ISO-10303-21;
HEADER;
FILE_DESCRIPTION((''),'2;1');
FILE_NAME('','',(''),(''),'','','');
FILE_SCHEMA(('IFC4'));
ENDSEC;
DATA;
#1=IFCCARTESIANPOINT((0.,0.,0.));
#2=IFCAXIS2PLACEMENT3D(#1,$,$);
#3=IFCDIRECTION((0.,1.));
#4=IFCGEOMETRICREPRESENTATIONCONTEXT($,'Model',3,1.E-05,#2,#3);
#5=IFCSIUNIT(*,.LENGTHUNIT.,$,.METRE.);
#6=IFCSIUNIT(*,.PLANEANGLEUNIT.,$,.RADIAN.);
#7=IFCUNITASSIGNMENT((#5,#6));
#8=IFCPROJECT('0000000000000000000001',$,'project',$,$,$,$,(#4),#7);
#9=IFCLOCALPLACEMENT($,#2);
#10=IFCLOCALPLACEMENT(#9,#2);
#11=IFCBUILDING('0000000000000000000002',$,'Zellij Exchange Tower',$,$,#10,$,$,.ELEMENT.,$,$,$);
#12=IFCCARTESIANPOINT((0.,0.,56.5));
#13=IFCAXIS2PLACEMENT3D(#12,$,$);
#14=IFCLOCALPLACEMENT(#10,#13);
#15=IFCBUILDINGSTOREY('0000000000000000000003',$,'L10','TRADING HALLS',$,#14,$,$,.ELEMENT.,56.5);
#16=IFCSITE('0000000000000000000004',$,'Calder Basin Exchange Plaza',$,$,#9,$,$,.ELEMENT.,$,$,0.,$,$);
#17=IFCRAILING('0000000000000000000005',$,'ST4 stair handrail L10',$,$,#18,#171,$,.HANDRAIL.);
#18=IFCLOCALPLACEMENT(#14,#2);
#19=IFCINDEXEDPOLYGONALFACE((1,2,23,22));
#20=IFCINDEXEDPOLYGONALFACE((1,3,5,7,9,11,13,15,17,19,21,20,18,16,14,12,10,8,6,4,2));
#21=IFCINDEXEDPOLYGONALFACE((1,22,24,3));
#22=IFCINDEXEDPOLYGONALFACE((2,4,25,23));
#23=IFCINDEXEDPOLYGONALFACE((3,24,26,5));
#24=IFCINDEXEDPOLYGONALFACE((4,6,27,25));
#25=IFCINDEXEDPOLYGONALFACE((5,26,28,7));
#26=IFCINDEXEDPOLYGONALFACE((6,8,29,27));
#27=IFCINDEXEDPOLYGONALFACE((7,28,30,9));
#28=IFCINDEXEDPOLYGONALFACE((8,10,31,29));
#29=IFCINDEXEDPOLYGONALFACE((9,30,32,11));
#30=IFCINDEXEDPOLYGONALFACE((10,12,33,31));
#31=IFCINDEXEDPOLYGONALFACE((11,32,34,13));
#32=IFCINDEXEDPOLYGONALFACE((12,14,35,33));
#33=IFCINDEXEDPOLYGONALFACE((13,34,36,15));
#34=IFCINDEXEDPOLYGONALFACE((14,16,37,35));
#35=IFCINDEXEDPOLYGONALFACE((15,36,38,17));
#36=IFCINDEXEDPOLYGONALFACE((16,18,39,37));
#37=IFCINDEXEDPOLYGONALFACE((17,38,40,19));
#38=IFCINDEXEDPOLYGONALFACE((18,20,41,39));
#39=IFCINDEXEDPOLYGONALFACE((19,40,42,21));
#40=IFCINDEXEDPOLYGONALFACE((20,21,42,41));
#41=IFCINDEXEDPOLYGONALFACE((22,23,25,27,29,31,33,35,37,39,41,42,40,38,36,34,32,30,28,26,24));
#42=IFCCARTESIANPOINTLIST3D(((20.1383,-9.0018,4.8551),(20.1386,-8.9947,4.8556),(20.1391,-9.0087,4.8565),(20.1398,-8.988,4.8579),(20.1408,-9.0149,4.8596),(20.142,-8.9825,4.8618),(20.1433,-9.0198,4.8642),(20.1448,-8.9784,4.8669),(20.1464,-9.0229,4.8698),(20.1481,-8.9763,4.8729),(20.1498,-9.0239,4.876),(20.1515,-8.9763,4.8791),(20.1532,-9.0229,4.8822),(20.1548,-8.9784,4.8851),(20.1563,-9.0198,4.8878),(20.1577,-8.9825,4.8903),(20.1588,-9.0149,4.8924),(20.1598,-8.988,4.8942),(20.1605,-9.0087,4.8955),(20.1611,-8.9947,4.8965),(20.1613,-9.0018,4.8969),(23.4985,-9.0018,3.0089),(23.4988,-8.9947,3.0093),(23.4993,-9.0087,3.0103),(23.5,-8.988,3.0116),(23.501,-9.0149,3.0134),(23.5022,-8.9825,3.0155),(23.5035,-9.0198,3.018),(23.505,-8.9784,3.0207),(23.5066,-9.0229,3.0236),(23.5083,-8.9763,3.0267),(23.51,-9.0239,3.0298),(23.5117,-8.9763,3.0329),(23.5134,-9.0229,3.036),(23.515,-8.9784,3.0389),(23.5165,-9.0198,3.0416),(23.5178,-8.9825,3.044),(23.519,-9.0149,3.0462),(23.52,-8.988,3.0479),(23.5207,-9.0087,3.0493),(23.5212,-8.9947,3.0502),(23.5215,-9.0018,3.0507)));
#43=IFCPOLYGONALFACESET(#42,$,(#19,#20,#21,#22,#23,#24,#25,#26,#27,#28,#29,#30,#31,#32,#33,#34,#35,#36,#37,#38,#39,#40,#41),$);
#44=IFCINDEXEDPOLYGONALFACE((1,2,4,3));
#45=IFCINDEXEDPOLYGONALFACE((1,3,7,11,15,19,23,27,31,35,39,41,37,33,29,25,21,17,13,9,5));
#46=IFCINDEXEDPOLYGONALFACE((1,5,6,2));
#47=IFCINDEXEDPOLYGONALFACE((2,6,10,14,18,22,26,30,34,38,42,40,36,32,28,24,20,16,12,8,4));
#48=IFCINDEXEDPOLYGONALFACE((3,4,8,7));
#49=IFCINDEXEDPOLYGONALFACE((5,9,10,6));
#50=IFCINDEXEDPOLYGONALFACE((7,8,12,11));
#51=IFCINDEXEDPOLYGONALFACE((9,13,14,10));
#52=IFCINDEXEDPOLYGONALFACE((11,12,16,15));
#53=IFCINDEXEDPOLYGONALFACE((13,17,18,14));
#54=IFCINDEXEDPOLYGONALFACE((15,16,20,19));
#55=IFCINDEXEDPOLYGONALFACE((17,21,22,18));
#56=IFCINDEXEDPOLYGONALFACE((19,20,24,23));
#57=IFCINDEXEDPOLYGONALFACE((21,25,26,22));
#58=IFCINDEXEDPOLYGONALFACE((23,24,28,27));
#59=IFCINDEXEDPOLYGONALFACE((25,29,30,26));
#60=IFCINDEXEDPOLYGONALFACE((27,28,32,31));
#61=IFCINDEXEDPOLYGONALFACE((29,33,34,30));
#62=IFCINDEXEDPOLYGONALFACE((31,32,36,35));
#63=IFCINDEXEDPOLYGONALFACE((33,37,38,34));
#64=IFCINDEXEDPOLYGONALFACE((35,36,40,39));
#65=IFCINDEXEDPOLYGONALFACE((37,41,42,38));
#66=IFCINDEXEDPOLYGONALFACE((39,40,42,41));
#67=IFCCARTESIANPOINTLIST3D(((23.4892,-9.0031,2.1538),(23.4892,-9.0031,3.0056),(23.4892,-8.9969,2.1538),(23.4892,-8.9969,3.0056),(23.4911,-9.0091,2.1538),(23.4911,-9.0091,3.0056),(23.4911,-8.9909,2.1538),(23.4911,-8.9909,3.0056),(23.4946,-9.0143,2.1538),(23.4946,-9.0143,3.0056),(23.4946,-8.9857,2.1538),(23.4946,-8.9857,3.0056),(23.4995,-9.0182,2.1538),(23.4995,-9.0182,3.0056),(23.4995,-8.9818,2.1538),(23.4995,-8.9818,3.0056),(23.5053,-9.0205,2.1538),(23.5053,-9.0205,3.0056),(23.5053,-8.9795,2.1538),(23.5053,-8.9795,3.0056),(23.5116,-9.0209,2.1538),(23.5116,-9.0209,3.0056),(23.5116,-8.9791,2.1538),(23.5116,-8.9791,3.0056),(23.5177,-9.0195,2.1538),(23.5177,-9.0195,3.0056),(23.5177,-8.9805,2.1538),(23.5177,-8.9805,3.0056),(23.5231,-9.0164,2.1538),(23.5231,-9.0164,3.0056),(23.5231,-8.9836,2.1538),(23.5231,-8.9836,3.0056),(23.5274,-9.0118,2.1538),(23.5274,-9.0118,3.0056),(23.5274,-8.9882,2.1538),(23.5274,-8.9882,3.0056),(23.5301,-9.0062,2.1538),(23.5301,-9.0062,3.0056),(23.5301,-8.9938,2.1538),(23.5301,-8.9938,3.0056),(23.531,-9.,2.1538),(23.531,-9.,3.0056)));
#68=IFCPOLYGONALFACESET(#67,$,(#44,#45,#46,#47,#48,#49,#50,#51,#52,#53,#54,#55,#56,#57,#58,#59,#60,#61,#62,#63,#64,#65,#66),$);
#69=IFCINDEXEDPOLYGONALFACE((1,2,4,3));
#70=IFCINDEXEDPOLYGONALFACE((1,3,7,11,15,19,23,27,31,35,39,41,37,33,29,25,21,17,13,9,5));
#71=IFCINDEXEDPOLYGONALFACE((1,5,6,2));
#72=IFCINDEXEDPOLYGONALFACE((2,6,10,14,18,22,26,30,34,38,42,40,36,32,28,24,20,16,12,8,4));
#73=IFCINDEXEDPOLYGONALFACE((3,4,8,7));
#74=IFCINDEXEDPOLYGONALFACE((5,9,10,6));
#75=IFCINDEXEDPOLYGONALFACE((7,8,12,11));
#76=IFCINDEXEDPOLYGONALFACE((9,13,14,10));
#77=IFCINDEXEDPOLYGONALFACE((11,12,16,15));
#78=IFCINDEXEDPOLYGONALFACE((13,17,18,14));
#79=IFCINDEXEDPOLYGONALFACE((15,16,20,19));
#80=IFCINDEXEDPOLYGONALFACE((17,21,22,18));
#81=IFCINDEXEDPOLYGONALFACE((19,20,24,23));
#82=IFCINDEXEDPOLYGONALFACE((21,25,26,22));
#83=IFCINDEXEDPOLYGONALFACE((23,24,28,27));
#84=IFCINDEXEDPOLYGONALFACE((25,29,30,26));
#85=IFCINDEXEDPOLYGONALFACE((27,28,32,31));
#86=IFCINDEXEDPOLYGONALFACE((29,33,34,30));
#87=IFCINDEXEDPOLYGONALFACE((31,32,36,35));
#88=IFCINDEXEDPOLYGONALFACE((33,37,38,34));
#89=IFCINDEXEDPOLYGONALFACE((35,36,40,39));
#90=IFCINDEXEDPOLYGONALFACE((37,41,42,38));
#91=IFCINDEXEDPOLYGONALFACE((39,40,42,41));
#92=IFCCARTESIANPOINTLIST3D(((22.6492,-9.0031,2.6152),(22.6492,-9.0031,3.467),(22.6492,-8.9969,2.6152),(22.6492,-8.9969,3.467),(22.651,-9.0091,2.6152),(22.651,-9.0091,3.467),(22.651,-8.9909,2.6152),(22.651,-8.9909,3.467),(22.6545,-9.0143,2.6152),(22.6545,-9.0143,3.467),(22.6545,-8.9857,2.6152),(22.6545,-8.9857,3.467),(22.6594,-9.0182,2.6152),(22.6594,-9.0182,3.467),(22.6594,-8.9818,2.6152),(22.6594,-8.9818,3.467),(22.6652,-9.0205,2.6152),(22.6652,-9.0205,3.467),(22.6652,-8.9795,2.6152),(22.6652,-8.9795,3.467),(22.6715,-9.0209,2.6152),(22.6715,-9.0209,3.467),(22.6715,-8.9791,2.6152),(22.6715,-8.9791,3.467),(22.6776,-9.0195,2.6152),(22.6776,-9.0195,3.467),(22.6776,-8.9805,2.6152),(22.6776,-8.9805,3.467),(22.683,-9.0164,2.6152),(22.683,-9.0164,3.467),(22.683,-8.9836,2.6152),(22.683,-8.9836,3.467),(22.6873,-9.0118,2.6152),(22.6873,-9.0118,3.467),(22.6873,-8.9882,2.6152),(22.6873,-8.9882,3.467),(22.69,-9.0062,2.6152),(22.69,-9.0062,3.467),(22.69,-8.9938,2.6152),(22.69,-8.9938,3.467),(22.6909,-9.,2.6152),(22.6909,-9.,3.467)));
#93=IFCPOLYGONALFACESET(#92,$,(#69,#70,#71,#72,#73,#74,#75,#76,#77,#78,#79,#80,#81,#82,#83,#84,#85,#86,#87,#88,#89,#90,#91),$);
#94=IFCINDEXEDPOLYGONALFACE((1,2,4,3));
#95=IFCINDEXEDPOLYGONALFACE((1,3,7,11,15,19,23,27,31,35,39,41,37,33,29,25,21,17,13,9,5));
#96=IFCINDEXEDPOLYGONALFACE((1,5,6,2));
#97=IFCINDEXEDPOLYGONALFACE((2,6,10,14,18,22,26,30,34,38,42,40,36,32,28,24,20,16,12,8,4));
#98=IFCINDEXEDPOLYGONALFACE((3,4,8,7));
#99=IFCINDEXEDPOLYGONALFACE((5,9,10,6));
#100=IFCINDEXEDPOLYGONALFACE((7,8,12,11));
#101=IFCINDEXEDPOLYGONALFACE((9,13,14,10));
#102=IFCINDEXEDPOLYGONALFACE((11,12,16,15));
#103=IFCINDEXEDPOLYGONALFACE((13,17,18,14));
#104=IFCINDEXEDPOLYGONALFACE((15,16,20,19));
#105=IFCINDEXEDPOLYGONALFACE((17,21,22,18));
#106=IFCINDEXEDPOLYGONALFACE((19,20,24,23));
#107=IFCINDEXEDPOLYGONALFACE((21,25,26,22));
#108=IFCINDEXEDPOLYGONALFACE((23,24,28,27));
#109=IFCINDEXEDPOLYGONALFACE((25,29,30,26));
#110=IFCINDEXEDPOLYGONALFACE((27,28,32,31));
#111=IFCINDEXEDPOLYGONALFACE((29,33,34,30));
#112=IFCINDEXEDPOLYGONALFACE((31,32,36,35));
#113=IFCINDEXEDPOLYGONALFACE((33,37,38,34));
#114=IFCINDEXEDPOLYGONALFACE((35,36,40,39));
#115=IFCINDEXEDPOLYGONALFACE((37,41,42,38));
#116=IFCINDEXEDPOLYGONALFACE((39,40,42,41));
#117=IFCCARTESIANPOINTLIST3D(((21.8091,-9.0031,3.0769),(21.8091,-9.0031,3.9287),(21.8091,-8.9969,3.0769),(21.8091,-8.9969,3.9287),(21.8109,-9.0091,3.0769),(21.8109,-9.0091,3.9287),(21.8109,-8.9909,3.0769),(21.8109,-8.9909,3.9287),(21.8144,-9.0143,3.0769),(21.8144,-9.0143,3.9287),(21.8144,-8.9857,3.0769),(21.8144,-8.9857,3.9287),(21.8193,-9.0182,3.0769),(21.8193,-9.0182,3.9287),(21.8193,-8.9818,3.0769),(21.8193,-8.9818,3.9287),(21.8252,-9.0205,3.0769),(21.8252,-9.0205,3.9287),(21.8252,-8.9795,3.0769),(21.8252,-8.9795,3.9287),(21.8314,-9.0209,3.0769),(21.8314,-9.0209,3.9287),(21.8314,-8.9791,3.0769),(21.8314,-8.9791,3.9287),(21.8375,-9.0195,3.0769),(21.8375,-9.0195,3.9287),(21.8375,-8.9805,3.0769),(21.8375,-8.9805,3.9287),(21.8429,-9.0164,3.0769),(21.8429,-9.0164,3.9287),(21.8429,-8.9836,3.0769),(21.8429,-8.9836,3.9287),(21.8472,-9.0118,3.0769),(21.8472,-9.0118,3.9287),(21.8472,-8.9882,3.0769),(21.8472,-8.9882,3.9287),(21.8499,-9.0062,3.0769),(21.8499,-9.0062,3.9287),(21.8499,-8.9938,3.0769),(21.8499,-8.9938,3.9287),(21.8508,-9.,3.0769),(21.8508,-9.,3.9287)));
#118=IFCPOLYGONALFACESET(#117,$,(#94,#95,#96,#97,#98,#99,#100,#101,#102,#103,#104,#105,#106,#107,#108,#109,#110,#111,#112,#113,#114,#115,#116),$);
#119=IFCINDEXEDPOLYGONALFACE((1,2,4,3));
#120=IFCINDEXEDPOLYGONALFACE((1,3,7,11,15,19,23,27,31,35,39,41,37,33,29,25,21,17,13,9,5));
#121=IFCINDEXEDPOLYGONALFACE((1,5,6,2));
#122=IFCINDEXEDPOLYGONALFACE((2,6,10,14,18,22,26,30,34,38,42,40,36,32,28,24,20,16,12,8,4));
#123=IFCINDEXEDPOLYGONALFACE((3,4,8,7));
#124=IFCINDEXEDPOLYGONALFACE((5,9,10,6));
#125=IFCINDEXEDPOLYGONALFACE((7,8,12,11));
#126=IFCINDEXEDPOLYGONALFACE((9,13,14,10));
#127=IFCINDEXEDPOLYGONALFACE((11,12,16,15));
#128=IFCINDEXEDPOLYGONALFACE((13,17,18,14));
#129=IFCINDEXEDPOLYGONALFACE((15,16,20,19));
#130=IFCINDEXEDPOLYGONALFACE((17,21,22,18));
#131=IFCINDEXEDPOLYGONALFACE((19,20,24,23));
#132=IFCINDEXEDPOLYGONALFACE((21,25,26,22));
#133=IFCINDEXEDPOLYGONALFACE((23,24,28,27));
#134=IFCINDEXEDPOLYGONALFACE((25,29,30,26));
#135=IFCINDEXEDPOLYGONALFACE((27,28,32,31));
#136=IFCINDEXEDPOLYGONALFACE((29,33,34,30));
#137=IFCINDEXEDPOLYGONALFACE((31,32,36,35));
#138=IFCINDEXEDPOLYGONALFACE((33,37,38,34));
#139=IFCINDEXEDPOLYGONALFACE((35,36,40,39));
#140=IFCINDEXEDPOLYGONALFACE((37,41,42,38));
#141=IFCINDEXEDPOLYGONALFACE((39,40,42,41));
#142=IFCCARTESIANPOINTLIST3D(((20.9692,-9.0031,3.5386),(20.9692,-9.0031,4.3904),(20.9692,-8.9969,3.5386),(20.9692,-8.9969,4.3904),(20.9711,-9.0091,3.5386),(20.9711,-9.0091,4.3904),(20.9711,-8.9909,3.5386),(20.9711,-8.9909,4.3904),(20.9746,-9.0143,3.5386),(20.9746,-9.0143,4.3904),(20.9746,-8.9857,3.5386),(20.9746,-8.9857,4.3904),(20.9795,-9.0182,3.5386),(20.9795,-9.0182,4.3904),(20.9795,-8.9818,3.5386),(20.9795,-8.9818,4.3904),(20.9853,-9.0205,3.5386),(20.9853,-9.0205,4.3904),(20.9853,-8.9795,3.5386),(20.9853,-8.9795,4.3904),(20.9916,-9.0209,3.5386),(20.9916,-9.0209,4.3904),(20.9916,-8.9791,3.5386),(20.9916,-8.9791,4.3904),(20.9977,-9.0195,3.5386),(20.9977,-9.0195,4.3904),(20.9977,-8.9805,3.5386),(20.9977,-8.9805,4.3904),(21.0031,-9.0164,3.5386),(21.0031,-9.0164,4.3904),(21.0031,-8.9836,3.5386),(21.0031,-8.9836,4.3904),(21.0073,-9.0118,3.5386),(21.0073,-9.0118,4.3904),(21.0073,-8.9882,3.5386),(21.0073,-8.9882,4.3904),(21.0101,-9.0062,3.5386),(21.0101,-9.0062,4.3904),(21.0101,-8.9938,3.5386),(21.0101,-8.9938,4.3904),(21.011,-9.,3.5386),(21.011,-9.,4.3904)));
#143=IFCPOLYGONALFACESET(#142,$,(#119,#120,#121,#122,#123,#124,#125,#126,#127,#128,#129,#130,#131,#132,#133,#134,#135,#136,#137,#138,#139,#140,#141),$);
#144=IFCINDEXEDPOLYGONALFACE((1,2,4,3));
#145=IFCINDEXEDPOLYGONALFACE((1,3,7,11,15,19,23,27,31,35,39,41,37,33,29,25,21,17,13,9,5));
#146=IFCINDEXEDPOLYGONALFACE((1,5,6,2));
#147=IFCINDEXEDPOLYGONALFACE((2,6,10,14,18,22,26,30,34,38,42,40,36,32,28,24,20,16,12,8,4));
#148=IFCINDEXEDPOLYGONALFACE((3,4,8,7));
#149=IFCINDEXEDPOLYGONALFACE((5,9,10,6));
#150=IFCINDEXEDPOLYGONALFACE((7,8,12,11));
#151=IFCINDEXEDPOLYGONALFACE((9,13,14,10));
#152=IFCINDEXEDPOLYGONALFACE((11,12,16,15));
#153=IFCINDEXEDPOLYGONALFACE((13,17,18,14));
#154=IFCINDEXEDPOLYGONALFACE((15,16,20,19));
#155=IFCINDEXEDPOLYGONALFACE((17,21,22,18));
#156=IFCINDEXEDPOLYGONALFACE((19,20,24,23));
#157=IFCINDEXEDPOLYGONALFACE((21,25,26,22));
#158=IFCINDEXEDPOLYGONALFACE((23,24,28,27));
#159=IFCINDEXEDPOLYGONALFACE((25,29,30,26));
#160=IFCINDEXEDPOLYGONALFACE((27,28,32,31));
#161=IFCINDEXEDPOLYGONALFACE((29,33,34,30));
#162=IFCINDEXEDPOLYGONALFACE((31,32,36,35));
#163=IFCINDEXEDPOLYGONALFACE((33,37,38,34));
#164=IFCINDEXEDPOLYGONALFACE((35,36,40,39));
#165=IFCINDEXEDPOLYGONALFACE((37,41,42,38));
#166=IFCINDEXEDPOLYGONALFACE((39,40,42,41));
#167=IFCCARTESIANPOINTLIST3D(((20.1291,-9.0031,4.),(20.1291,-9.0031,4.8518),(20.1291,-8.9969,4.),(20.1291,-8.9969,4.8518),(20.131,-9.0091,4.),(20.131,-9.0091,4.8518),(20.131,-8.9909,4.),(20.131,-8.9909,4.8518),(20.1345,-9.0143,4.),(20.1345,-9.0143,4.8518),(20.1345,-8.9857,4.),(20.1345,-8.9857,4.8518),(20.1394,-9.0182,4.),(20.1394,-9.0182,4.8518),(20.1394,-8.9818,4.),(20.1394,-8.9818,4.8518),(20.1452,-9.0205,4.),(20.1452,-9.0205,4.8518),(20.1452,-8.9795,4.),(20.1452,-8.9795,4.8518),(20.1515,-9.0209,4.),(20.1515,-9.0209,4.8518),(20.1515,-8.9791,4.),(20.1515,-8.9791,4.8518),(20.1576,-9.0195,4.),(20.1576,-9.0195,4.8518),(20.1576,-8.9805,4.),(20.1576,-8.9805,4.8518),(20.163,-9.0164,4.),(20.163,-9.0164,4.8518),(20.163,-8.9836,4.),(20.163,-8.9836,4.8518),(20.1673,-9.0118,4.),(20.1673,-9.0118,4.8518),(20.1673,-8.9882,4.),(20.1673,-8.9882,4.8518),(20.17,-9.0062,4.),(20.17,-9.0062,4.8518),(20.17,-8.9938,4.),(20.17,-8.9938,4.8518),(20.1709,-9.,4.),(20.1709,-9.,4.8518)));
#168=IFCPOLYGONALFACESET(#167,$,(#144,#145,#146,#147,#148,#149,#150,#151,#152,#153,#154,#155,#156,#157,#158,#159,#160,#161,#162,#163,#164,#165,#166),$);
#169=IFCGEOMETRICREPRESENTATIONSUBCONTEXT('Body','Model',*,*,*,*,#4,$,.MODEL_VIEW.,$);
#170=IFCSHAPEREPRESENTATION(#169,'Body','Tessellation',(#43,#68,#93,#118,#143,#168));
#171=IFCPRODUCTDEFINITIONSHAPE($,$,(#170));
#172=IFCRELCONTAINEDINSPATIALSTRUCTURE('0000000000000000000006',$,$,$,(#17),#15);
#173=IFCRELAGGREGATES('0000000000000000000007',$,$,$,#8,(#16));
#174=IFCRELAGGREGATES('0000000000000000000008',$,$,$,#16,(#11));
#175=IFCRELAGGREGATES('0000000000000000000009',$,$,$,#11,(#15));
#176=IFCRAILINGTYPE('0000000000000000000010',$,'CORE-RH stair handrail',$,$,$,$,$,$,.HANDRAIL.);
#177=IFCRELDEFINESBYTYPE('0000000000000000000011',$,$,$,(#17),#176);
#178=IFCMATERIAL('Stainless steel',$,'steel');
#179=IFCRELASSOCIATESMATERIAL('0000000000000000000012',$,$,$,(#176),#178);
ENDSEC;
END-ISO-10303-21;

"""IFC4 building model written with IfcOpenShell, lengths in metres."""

from ifc_helpers import new_model, si_unit, direction, frame, origin, origin_2d, place, context, subcontext, project, spatial, circle, extrude, material, type_object, element, save


model = new_model("IFC4")

# Units and contexts
model_context = context("Model", 3, precision=1e-05, world=origin(), true_north=direction((0.0, 1.0)))
body_context = subcontext(model_context, "Body", "Model", "MODEL_VIEW")
ifc_project = project(units=[si_unit("LENGTHUNIT", "METRE"), si_unit("PLANEANGLEUNIT", "RADIAN")], contexts=[model_context])

# Site, building, storey
site_placement = place(None, origin())
site = spatial("IfcSite", under=ifc_project, at=site_placement, Name="Calder Basin Exchange Plaza", CompositionType="ELEMENT", RefElevation=0.0)
building_placement = place(site_placement, origin())
building = spatial("IfcBuilding", under=site, at=building_placement, Name="Zellij Exchange Tower", CompositionType="ELEMENT")
storey_placement = place(building_placement, frame((0.0, 0.0, 56.5)))
storey = spatial("IfcBuildingStorey", under=building, at=storey_placement, Name="L10", Description="TRADING HALLS", CompositionType="ELEMENT", Elevation=56.5)

# Railing
ifc_material_1 = material(Name="Stainless steel", Category="steel")
railing_type = type_object("IfcRailingType", Name="CORE-RH stair handrail", PredefinedType="HANDRAIL", material=ifc_material_1)
railing_placement = place(storey_placement, frame((23.51, -9.0, 2.1538)))
element("IfcRailing", 1, at=railing_placement, inside=storey, type_object=railing_type, Name="ST4 stair handrail L10", PredefinedType="HANDRAIL", context=body_context, shape_type="SweptSolid", body=[
    extrude(circle(Radius=0.0239, at=origin_2d()), frame((0.0, 0.0, 0.876), z_axis=(-0.876422, 0.0, 0.481545), x_axis=(0.0, -1.0, 0.0)), (0.0, 0.0, 1.0), 3.834),
    extrude(circle(Radius=0.021, at=origin_2d()), origin(), (0.0, 0.0, 1.0), 0.8518),
    extrude(circle(Radius=0.021, at=origin_2d()), frame((-0.8401, 0.0, 0.4614)), (0.0, 0.0, 1.0), 0.8518),
    extrude(circle(Radius=0.021, at=origin_2d()), frame((-1.6802, 0.0, 0.9231)), (0.0, 0.0, 1.0), 0.8518),
    extrude(circle(Radius=0.021, at=origin_2d()), frame((-2.52, 0.0, 1.3848)), (0.0, 0.0, 1.0), 0.8518),
    extrude(circle(Radius=0.021, at=origin_2d()), frame((-3.3601, 0.0, 1.8462)), (0.0, 0.0, 1.0), 0.8518),
])

save(model, "model.ifc")
